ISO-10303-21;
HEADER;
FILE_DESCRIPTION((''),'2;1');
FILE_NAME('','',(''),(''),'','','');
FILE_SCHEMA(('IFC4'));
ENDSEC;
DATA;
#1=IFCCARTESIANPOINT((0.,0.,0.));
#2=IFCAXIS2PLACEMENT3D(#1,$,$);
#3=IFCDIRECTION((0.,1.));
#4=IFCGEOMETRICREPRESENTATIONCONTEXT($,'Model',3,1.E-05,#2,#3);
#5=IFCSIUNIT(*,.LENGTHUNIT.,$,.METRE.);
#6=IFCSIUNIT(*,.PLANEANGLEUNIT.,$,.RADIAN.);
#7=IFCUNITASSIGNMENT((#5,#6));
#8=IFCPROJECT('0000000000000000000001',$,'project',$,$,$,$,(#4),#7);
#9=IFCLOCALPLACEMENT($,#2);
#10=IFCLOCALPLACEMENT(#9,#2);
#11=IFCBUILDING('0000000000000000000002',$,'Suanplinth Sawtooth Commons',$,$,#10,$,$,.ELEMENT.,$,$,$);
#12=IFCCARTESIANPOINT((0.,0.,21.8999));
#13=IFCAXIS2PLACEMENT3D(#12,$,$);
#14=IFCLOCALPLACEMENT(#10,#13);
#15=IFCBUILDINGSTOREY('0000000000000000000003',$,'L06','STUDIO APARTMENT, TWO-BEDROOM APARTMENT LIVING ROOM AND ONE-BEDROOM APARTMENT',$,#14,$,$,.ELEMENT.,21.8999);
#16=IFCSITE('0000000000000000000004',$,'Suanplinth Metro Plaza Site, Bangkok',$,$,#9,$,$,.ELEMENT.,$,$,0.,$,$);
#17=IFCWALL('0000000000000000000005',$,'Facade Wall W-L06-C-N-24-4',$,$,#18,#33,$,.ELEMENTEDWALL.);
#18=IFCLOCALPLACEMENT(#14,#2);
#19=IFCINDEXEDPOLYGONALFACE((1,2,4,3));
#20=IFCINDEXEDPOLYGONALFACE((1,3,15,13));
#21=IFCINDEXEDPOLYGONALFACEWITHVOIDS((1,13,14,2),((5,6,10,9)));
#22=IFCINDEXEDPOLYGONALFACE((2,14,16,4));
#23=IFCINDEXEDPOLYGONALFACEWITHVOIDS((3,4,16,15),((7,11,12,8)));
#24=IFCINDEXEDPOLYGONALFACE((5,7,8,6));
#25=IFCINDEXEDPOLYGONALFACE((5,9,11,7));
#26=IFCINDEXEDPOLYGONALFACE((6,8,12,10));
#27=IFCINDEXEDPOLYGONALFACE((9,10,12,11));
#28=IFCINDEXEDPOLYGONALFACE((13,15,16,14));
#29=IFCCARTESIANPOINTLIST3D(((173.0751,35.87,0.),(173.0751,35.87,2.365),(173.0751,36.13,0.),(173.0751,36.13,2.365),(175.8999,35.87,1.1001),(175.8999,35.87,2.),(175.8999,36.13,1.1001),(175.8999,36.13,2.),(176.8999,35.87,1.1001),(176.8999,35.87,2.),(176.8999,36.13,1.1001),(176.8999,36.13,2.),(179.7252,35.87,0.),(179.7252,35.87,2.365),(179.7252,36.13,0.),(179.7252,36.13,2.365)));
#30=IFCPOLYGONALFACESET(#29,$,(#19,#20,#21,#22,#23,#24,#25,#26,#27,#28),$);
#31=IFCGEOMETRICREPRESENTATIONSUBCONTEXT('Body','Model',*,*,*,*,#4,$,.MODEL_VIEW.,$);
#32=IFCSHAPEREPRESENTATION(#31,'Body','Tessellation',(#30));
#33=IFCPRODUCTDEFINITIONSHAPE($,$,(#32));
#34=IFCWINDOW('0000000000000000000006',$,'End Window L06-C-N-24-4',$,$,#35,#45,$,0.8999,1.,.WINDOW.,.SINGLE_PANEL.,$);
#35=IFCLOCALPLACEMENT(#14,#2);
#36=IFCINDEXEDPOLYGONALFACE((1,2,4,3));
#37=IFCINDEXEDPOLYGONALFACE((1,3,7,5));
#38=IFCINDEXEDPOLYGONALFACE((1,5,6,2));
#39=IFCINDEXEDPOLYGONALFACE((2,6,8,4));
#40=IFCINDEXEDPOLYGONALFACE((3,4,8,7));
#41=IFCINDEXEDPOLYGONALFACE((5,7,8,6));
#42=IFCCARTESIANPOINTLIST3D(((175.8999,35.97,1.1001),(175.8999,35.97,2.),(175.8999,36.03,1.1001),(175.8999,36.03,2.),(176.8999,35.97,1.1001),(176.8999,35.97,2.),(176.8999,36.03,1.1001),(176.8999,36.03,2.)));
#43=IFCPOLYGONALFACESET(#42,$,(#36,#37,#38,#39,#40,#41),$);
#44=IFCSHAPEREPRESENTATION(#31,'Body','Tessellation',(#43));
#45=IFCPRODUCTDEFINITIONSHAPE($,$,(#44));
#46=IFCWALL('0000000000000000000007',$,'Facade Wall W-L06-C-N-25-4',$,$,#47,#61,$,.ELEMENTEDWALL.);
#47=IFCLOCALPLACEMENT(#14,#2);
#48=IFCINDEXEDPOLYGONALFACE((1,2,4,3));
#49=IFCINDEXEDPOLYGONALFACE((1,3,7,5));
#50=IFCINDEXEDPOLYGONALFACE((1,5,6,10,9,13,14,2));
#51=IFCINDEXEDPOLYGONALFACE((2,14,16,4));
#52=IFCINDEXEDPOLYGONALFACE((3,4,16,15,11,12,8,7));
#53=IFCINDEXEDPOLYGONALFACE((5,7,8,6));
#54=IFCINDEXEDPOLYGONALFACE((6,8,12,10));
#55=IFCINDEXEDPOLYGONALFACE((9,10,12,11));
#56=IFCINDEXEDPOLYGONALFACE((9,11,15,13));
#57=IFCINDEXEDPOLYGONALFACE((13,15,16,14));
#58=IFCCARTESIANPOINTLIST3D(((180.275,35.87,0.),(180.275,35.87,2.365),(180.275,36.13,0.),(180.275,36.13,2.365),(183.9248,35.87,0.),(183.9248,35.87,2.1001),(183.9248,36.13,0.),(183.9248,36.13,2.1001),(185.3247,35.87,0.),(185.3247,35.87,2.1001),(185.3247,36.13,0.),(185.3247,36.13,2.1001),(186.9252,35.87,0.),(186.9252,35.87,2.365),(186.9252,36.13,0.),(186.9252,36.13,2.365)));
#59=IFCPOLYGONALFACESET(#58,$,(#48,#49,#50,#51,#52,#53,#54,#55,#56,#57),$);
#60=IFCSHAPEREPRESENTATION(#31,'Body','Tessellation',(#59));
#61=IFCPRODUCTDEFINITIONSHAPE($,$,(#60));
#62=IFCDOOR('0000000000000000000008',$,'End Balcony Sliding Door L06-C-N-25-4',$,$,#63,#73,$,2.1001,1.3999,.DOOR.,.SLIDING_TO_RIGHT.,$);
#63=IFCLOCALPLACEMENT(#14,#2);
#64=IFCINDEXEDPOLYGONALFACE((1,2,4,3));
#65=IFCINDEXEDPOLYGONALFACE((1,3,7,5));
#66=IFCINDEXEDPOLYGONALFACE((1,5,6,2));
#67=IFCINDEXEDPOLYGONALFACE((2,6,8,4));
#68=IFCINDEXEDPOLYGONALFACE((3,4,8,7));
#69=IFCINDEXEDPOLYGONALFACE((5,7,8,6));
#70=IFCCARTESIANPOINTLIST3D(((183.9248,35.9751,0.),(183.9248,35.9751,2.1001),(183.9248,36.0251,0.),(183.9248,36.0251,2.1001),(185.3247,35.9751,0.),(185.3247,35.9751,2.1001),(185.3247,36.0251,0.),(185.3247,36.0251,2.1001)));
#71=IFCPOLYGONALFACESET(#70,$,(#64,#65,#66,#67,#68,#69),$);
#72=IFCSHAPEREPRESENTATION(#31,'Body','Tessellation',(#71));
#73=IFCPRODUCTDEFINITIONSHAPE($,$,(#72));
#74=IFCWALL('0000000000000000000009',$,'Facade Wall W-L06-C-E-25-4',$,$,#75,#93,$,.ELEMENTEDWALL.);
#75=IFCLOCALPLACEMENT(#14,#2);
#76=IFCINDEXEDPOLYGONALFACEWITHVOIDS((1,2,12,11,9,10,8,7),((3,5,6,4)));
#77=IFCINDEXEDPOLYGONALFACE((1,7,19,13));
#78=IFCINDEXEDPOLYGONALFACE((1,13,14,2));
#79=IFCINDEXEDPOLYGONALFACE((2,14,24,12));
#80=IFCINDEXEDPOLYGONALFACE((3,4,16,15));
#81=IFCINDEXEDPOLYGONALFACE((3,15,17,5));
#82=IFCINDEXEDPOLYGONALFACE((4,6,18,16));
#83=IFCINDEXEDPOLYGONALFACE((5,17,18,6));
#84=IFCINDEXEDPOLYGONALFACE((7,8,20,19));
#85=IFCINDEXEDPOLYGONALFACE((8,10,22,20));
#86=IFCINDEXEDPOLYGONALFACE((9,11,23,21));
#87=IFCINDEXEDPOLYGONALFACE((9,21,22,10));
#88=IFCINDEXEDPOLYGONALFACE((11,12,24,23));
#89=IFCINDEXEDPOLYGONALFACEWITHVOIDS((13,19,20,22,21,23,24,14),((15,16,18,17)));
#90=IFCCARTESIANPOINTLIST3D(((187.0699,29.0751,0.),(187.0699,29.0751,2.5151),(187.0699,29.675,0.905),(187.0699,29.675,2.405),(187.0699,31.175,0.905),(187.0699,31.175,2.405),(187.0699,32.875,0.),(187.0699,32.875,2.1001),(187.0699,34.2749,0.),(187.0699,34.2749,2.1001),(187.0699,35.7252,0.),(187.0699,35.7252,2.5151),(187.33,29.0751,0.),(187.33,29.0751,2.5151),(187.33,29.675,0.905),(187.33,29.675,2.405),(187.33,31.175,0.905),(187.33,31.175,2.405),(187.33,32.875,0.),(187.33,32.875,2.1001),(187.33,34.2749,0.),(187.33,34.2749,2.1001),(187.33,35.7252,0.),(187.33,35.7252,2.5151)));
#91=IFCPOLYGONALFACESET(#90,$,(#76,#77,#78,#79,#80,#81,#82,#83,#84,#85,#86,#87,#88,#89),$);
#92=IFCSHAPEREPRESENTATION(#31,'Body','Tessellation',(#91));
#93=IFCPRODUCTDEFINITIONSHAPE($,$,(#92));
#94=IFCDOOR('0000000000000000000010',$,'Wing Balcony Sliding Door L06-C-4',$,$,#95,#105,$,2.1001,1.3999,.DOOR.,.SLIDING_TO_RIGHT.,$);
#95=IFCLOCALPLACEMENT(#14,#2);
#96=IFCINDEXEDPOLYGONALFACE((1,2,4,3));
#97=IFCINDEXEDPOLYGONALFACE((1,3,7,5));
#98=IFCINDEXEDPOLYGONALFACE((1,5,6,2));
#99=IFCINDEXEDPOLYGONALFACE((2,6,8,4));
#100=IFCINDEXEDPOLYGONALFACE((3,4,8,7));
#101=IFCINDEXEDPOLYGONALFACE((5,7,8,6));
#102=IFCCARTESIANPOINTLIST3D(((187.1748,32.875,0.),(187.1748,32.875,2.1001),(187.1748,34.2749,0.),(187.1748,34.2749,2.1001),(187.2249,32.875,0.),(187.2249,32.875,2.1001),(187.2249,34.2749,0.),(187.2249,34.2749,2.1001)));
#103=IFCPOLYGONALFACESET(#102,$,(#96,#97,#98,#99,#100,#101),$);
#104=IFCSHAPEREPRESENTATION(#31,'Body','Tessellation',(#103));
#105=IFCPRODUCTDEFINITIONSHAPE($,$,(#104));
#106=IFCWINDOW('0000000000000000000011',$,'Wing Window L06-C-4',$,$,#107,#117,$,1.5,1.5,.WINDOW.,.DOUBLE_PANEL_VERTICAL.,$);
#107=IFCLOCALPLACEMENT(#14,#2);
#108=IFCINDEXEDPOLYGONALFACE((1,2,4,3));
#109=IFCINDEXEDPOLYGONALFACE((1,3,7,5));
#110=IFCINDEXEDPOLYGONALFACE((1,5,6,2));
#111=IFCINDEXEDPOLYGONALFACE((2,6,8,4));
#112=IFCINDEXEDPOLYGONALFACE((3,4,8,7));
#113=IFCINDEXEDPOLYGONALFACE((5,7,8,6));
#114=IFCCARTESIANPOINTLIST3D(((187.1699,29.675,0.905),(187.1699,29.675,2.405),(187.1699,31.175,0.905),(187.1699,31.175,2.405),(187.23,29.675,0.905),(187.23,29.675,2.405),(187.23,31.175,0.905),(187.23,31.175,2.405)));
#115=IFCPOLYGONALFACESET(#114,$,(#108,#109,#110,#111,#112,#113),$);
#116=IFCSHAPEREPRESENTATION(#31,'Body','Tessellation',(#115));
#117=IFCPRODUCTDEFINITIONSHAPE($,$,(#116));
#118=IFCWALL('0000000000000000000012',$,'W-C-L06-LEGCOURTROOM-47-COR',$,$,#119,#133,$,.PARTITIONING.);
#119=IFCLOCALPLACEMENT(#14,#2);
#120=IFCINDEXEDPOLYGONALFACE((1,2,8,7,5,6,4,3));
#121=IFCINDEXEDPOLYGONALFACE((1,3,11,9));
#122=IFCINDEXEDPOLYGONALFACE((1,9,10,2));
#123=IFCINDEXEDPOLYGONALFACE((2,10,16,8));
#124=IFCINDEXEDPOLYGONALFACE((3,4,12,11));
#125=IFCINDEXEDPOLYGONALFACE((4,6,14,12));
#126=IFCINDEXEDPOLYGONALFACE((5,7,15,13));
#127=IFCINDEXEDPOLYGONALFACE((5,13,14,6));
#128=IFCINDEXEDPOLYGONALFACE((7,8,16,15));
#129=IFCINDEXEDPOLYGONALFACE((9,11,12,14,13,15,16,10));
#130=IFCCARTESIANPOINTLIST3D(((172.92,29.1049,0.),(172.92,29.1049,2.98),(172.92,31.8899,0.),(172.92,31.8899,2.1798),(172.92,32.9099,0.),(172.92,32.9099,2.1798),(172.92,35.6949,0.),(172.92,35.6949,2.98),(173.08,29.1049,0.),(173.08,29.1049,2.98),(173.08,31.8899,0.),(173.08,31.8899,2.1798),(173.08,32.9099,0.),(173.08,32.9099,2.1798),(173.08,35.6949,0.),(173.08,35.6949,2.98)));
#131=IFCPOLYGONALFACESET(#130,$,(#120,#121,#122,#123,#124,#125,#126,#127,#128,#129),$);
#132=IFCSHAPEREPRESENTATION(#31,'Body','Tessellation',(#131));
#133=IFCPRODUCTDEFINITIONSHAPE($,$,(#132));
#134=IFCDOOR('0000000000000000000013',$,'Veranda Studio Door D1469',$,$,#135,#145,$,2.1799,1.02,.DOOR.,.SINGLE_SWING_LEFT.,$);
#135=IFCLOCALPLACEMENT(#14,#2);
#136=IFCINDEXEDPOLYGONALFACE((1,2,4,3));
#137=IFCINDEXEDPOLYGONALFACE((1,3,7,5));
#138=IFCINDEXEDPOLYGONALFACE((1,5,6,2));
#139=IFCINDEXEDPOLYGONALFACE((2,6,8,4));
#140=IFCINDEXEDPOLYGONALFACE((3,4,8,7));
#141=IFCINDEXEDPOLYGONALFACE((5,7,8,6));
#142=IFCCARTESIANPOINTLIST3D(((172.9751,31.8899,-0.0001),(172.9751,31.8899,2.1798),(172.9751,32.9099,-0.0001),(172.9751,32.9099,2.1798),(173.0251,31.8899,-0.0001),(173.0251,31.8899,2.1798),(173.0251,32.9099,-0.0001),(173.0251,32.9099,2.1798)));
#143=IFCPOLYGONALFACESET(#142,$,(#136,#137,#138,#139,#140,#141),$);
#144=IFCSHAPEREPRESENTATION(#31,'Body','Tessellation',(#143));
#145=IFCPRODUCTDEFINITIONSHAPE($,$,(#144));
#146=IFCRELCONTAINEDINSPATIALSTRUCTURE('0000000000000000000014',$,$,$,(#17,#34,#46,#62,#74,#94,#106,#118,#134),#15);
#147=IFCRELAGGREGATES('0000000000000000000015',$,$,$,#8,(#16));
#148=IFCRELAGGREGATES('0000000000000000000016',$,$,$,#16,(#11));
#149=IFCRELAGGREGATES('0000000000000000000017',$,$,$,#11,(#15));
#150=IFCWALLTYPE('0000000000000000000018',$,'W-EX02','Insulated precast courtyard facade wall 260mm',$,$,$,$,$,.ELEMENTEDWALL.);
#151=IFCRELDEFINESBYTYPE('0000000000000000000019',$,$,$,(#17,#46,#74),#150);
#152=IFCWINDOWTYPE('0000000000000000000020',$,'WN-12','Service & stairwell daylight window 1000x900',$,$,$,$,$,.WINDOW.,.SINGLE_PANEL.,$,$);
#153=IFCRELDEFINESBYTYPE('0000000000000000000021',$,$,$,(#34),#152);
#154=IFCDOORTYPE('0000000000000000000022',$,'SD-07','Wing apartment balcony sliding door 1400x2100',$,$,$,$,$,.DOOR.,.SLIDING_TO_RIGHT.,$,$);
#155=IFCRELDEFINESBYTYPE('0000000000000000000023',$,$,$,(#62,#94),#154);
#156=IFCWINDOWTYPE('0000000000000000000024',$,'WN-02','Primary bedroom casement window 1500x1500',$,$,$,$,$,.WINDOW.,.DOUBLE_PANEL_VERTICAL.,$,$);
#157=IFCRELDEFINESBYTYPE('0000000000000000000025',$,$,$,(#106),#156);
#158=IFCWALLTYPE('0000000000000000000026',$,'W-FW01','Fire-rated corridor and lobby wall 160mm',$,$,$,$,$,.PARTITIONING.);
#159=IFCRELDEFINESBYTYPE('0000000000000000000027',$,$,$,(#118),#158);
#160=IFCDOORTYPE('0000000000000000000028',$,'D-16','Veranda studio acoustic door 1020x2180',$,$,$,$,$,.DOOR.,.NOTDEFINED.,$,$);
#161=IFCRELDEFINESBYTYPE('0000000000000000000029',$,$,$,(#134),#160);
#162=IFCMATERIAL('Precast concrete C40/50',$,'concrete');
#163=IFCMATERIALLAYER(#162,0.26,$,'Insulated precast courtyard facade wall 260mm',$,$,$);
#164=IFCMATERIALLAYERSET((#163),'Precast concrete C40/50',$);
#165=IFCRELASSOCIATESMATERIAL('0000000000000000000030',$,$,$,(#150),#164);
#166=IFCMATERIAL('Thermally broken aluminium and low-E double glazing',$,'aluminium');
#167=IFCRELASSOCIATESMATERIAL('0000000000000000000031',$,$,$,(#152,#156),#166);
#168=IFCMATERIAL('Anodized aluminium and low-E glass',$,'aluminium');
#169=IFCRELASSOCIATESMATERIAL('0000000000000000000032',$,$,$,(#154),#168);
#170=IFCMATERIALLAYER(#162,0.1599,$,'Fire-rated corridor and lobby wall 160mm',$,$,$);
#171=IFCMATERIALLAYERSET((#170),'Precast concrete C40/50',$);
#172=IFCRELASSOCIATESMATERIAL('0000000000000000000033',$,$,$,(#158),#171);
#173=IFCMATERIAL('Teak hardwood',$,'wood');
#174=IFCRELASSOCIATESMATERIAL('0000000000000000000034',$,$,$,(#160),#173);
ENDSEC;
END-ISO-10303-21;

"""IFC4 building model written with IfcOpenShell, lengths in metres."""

from ifc_helpers import new_model, si_unit, direction, frame, frame_2d, origin, place, context, subcontext, project, spatial, rectangle, extrude, material, layer, layer_set, type_object, element, fill, save


model = new_model("IFC4")

# Units and contexts
model_context = context("Model", 3, precision=1e-05, world=origin(), true_north=direction((0.0, 1.0)))
body_context = subcontext(model_context, "Body", "Model", "MODEL_VIEW")
ifc_project = project(units=[si_unit("LENGTHUNIT", "METRE"), si_unit("PLANEANGLEUNIT", "RADIAN")], contexts=[model_context])

# Site, building, storey
site_placement = place(None, origin())
site = spatial("IfcSite", under=ifc_project, at=site_placement, Name="Suanplinth Metro Plaza Site, Bangkok", CompositionType="ELEMENT", RefElevation=0.0)
building_placement = place(site_placement, origin())
building = spatial("IfcBuilding", under=site, at=building_placement, Name="Suanplinth Sawtooth Commons", CompositionType="ELEMENT")
storey_placement = place(building_placement, frame((0.0, 0.0, 21.8999)))
storey = spatial("IfcBuildingStorey", under=building, at=storey_placement, Name="L06", Description="STUDIO APARTMENT, TWO-BEDROOM APARTMENT LIVING ROOM AND ONE-BEDROOM APARTMENT", CompositionType="ELEMENT", Elevation=21.8999)

# Shared definitions
ifc_material_1 = material(Name="Precast concrete C40/50", Category="concrete")

# Wall, opening, window
ifc_layer_1 = layer(ifc_material_1, 0.26, Name="Insulated precast courtyard facade wall 260mm")
ifc_layer_set_1 = layer_set([ifc_layer_1], Name="Precast concrete C40/50")
wall_type_1 = type_object("IfcWallType", Name="W-EX02", Description="Insulated precast courtyard facade wall 260mm", PredefinedType="ELEMENTEDWALL", material=ifc_layer_set_1)
wall_1_placement = place(storey_placement, frame((173.075, 36.0, 0.0), z_axis=(0.0, 0.0, 1.0), x_axis=(1.0, 0.0, 0.0)))
wall_1 = element("IfcWall", 1, at=wall_1_placement, inside=storey, type_object=wall_type_1, Name="Facade Wall W-L06-C-N-24-4", PredefinedType="ELEMENTEDWALL", context=body_context, shape_type="SweptSolid", body=[
    extrude(rectangle(XDim=6.6501, YDim=0.26, at=frame_2d((3.3252, 0.0))), origin(), (0.0, 0.0, 1.0), 2.365),
])
opening_1_placement = place(wall_1_placement, frame((2.825, 0.0, 1.1001)))
opening_1 = element("IfcOpeningElement", 2, at=opening_1_placement, cuts=wall_1, PredefinedType="OPENING", context=body_context, shape_type="SweptSolid", body=[
    extrude(rectangle(XDim=1.0, YDim=0.8999, at=frame_2d((0.5, 0.45))), frame((0.0, 0.145, 0.0), z_axis=(0.0, -1.0, 0.0), x_axis=(1.0, 0.0, 0.0)), (0.0, 0.0, 1.0), 0.2898),
])
ifc_material_2 = material(Name="Thermally broken aluminium and low-E double glazing", Category="aluminium")
window_type_1 = type_object("IfcWindowType", Name="WN-12", Description="Service & stairwell daylight window 1000x900", PartitioningType="SINGLE_PANEL", PredefinedType="WINDOW", material=ifc_material_2)
window_1_placement = place(opening_1_placement, origin())
window_1 = element("IfcWindow", 3, at=window_1_placement, inside=storey, type_object=window_type_1, Name="End Window L06-C-N-24-4", OverallHeight=0.8999, OverallWidth=1.0, PartitioningType="SINGLE_PANEL", PredefinedType="WINDOW", context=body_context, shape_type="SweptSolid", body=[
    extrude(rectangle(XDim=1.0, YDim=0.8999, at=frame_2d((0.5, 0.45))), frame((0.0, 0.03, 0.0), z_axis=(0.0, -1.0, 0.0), x_axis=(1.0, 0.0, 0.0)), (0.0, 0.0, 1.0), 0.0601),
])
fill(opening_1, window_1)

# Wall, opening, door
wall_2_placement = place(storey_placement, frame((180.2749, 36.0, 0.0), z_axis=(0.0, 0.0, 1.0), x_axis=(1.0, 0.0, 0.0)))
wall_2 = element("IfcWall", 4, at=wall_2_placement, inside=storey, type_object=wall_type_1, Name="Facade Wall W-L06-C-N-25-4", PredefinedType="ELEMENTEDWALL", context=body_context, shape_type="SweptSolid", body=[
    extrude(rectangle(XDim=6.6501, YDim=0.26, at=frame_2d((3.3252, 0.0))), origin(), (0.0, 0.0, 1.0), 2.365),
])
opening_2_placement = place(wall_2_placement, frame((3.6499, 0.0, 0.0)))
opening_2 = element("IfcOpeningElement", 5, at=opening_2_placement, cuts=wall_2, PredefinedType="OPENING", context=body_context, shape_type="SweptSolid", body=[
    extrude(rectangle(XDim=1.3999, YDim=2.1001, at=frame_2d((0.7, 1.05))), frame((0.0, 0.145, 0.0), z_axis=(0.0, -1.0, 0.0), x_axis=(1.0, 0.0, 0.0)), (0.0, 0.0, 1.0), 0.2898),
])
ifc_material_3 = material(Name="Anodized aluminium and low-E glass", Category="aluminium")
door_type_1 = type_object("IfcDoorType", Name="SD-07", Description="Wing apartment balcony sliding door 1400x2100", OperationType="SLIDING_TO_RIGHT", PredefinedType="DOOR", material=ifc_material_3)
door_1_placement = place(opening_2_placement, frame((1.3999, 0.0, 0.0), z_axis=(0.0, 0.0, 1.0), x_axis=(-1.0, 0.0, 0.0)))
door_1 = element("IfcDoor", 6, at=door_1_placement, inside=storey, type_object=door_type_1, Name="End Balcony Sliding Door L06-C-N-25-4", OperationType="SLIDING_TO_RIGHT", OverallHeight=2.1001, OverallWidth=1.3999, PredefinedType="DOOR", context=body_context, shape_type="SweptSolid", body=[
    extrude(rectangle(XDim=1.3999, YDim=2.1001, at=frame_2d((0.7, 1.05))), frame((0.0, 0.0249, 0.0), z_axis=(0.0, -1.0, 0.0), x_axis=(1.0, 0.0, 0.0)), (0.0, 0.0, 1.0), 0.05),
])
fill(opening_2, door_1)

# Wall, openings, door, window
wall_3_placement = place(storey_placement, frame((187.2, 29.075, 0.0), z_axis=(0.0, 0.0, 1.0), x_axis=(0.0, 1.0, 0.0)))
wall_3 = element("IfcWall", 7, at=wall_3_placement, inside=storey, type_object=wall_type_1, Name="Facade Wall W-L06-C-E-25-4", PredefinedType="ELEMENTEDWALL", context=body_context, shape_type="SweptSolid", body=[
    extrude(rectangle(XDim=6.6501, YDim=0.26, at=frame_2d((3.3252, 0.0))), origin(), (0.0, 0.0, 1.0), 2.5151),
])
opening_3_placement = place(wall_3_placement, frame((3.8, 0.0, 0.0)))
opening_3 = element("IfcOpeningElement", 8, at=opening_3_placement, cuts=wall_3, PredefinedType="OPENING", context=body_context, shape_type="SweptSolid", body=[
    extrude(rectangle(XDim=1.3999, YDim=2.1001, at=frame_2d((0.7, 1.05))), frame((0.0, 0.145, 0.0), z_axis=(0.0, -1.0, 0.0), x_axis=(1.0, 0.0, 0.0)), (0.0, 0.0, 1.0), 0.2898),
])
opening_4_placement = place(wall_3_placement, frame((0.6001, 0.0, 0.905)))
opening_4 = element("IfcOpeningElement", 9, at=opening_4_placement, cuts=wall_3, PredefinedType="OPENING", context=body_context, shape_type="SweptSolid", body=[
    extrude(rectangle(XDim=1.5, YDim=1.5, at=frame_2d((0.75, 0.75))), frame((0.0, 0.145, 0.0), z_axis=(0.0, -1.0, 0.0), x_axis=(1.0, 0.0, 0.0)), (0.0, 0.0, 1.0), 0.2898),
])
door_2_placement = place(opening_3_placement, frame((1.3999, 0.0, 0.0), z_axis=(0.0, 0.0, 1.0), x_axis=(-1.0, 0.0, 0.0)))
door_2 = element("IfcDoor", 10, at=door_2_placement, inside=storey, type_object=door_type_1, Name="Wing Balcony Sliding Door L06-C-4", OperationType="SLIDING_TO_RIGHT", OverallHeight=2.1001, OverallWidth=1.3999, PredefinedType="DOOR", context=body_context, shape_type="SweptSolid", body=[
    extrude(rectangle(XDim=1.3999, YDim=2.1001, at=frame_2d((0.7, 1.05))), frame((0.0, 0.0249, 0.0), z_axis=(0.0, -1.0, 0.0), x_axis=(1.0, 0.0, 0.0)), (0.0, 0.0, 1.0), 0.05),
])
fill(opening_3, door_2)
window_type_2 = type_object("IfcWindowType", Name="WN-02", Description="Primary bedroom casement window 1500x1500", PartitioningType="DOUBLE_PANEL_VERTICAL", PredefinedType="WINDOW", material=ifc_material_2)
window_2_placement = place(opening_4_placement, origin())
window_2 = element("IfcWindow", 11, at=window_2_placement, inside=storey, type_object=window_type_2, Name="Wing Window L06-C-4", OverallHeight=1.5, OverallWidth=1.5, PartitioningType="DOUBLE_PANEL_VERTICAL", PredefinedType="WINDOW", context=body_context, shape_type="SweptSolid", body=[
    extrude(rectangle(XDim=1.5, YDim=1.5, at=frame_2d((0.75, 0.75))), frame((0.0, 0.03, 0.0), z_axis=(0.0, -1.0, 0.0), x_axis=(1.0, 0.0, 0.0)), (0.0, 0.0, 1.0), 0.0601),
])
fill(opening_4, window_2)

# Wall, opening, door
ifc_layer_2 = layer(ifc_material_1, 0.1599, Name="Fire-rated corridor and lobby wall 160mm")
ifc_layer_set_2 = layer_set([ifc_layer_2], Name="Precast concrete C40/50")
wall_type_2 = type_object("IfcWallType", Name="W-FW01", Description="Fire-rated corridor and lobby wall 160mm", PredefinedType="PARTITIONING", material=ifc_layer_set_2)
wall_4_placement = place(storey_placement, frame((173.0, 29.105, 0.0), z_axis=(0.0, 0.0, 1.0), x_axis=(0.0, 1.0, 0.0)))
wall_4 = element("IfcWall", 12, at=wall_4_placement, inside=storey, type_object=wall_type_2, Name="W-C-L06-LEGCOURTROOM-47-COR", PredefinedType="PARTITIONING", context=body_context, shape_type="SweptSolid", body=[
    extrude(rectangle(XDim=6.5901, YDim=0.1599, at=frame_2d((3.2949, 0.0))), origin(), (0.0, 0.0, 1.0), 2.98),
])
opening_5_placement = place(wall_4_placement, frame((2.7849, 0.0, 0.0)))
opening_5 = element("IfcOpeningElement", 13, at=opening_5_placement, cuts=wall_4, PredefinedType="OPENING", context=body_context, shape_type="SweptSolid", body=[
    extrude(rectangle(XDim=1.02, YDim=2.1799, at=frame_2d((0.51, 1.0898))), frame((0.0, 0.0947, 0.0), z_axis=(0.0, -1.0, 0.0), x_axis=(1.0, 0.0, 0.0)), (0.0, 0.0, 1.0), 0.1897),
])
ifc_material_4 = material(Name="Teak hardwood", Category="wood")
door_type_2 = type_object("IfcDoorType", Name="D-16", Description="Veranda studio acoustic door 1020x2180", OperationType="NOTDEFINED", PredefinedType="DOOR", material=ifc_material_4)
door_3_placement = place(opening_5_placement, origin())
door_3 = element("IfcDoor", 14, at=door_3_placement, inside=storey, type_object=door_type_2, Name="Veranda Studio Door D1469", OperationType="SINGLE_SWING_LEFT", OverallHeight=2.1799, OverallWidth=1.02, PredefinedType="DOOR", context=body_context, shape_type="SweptSolid", body=[
    extrude(rectangle(XDim=1.02, YDim=2.1799, at=frame_2d((0.51, 1.0898))), frame((0.0, 0.0249, 0.0), z_axis=(0.0, -1.0, 0.0), x_axis=(1.0, 0.0, 0.0)), (0.0, 0.0, 1.0), 0.05),
])
fill(opening_5, door_3)

save(model, "model.ifc")
